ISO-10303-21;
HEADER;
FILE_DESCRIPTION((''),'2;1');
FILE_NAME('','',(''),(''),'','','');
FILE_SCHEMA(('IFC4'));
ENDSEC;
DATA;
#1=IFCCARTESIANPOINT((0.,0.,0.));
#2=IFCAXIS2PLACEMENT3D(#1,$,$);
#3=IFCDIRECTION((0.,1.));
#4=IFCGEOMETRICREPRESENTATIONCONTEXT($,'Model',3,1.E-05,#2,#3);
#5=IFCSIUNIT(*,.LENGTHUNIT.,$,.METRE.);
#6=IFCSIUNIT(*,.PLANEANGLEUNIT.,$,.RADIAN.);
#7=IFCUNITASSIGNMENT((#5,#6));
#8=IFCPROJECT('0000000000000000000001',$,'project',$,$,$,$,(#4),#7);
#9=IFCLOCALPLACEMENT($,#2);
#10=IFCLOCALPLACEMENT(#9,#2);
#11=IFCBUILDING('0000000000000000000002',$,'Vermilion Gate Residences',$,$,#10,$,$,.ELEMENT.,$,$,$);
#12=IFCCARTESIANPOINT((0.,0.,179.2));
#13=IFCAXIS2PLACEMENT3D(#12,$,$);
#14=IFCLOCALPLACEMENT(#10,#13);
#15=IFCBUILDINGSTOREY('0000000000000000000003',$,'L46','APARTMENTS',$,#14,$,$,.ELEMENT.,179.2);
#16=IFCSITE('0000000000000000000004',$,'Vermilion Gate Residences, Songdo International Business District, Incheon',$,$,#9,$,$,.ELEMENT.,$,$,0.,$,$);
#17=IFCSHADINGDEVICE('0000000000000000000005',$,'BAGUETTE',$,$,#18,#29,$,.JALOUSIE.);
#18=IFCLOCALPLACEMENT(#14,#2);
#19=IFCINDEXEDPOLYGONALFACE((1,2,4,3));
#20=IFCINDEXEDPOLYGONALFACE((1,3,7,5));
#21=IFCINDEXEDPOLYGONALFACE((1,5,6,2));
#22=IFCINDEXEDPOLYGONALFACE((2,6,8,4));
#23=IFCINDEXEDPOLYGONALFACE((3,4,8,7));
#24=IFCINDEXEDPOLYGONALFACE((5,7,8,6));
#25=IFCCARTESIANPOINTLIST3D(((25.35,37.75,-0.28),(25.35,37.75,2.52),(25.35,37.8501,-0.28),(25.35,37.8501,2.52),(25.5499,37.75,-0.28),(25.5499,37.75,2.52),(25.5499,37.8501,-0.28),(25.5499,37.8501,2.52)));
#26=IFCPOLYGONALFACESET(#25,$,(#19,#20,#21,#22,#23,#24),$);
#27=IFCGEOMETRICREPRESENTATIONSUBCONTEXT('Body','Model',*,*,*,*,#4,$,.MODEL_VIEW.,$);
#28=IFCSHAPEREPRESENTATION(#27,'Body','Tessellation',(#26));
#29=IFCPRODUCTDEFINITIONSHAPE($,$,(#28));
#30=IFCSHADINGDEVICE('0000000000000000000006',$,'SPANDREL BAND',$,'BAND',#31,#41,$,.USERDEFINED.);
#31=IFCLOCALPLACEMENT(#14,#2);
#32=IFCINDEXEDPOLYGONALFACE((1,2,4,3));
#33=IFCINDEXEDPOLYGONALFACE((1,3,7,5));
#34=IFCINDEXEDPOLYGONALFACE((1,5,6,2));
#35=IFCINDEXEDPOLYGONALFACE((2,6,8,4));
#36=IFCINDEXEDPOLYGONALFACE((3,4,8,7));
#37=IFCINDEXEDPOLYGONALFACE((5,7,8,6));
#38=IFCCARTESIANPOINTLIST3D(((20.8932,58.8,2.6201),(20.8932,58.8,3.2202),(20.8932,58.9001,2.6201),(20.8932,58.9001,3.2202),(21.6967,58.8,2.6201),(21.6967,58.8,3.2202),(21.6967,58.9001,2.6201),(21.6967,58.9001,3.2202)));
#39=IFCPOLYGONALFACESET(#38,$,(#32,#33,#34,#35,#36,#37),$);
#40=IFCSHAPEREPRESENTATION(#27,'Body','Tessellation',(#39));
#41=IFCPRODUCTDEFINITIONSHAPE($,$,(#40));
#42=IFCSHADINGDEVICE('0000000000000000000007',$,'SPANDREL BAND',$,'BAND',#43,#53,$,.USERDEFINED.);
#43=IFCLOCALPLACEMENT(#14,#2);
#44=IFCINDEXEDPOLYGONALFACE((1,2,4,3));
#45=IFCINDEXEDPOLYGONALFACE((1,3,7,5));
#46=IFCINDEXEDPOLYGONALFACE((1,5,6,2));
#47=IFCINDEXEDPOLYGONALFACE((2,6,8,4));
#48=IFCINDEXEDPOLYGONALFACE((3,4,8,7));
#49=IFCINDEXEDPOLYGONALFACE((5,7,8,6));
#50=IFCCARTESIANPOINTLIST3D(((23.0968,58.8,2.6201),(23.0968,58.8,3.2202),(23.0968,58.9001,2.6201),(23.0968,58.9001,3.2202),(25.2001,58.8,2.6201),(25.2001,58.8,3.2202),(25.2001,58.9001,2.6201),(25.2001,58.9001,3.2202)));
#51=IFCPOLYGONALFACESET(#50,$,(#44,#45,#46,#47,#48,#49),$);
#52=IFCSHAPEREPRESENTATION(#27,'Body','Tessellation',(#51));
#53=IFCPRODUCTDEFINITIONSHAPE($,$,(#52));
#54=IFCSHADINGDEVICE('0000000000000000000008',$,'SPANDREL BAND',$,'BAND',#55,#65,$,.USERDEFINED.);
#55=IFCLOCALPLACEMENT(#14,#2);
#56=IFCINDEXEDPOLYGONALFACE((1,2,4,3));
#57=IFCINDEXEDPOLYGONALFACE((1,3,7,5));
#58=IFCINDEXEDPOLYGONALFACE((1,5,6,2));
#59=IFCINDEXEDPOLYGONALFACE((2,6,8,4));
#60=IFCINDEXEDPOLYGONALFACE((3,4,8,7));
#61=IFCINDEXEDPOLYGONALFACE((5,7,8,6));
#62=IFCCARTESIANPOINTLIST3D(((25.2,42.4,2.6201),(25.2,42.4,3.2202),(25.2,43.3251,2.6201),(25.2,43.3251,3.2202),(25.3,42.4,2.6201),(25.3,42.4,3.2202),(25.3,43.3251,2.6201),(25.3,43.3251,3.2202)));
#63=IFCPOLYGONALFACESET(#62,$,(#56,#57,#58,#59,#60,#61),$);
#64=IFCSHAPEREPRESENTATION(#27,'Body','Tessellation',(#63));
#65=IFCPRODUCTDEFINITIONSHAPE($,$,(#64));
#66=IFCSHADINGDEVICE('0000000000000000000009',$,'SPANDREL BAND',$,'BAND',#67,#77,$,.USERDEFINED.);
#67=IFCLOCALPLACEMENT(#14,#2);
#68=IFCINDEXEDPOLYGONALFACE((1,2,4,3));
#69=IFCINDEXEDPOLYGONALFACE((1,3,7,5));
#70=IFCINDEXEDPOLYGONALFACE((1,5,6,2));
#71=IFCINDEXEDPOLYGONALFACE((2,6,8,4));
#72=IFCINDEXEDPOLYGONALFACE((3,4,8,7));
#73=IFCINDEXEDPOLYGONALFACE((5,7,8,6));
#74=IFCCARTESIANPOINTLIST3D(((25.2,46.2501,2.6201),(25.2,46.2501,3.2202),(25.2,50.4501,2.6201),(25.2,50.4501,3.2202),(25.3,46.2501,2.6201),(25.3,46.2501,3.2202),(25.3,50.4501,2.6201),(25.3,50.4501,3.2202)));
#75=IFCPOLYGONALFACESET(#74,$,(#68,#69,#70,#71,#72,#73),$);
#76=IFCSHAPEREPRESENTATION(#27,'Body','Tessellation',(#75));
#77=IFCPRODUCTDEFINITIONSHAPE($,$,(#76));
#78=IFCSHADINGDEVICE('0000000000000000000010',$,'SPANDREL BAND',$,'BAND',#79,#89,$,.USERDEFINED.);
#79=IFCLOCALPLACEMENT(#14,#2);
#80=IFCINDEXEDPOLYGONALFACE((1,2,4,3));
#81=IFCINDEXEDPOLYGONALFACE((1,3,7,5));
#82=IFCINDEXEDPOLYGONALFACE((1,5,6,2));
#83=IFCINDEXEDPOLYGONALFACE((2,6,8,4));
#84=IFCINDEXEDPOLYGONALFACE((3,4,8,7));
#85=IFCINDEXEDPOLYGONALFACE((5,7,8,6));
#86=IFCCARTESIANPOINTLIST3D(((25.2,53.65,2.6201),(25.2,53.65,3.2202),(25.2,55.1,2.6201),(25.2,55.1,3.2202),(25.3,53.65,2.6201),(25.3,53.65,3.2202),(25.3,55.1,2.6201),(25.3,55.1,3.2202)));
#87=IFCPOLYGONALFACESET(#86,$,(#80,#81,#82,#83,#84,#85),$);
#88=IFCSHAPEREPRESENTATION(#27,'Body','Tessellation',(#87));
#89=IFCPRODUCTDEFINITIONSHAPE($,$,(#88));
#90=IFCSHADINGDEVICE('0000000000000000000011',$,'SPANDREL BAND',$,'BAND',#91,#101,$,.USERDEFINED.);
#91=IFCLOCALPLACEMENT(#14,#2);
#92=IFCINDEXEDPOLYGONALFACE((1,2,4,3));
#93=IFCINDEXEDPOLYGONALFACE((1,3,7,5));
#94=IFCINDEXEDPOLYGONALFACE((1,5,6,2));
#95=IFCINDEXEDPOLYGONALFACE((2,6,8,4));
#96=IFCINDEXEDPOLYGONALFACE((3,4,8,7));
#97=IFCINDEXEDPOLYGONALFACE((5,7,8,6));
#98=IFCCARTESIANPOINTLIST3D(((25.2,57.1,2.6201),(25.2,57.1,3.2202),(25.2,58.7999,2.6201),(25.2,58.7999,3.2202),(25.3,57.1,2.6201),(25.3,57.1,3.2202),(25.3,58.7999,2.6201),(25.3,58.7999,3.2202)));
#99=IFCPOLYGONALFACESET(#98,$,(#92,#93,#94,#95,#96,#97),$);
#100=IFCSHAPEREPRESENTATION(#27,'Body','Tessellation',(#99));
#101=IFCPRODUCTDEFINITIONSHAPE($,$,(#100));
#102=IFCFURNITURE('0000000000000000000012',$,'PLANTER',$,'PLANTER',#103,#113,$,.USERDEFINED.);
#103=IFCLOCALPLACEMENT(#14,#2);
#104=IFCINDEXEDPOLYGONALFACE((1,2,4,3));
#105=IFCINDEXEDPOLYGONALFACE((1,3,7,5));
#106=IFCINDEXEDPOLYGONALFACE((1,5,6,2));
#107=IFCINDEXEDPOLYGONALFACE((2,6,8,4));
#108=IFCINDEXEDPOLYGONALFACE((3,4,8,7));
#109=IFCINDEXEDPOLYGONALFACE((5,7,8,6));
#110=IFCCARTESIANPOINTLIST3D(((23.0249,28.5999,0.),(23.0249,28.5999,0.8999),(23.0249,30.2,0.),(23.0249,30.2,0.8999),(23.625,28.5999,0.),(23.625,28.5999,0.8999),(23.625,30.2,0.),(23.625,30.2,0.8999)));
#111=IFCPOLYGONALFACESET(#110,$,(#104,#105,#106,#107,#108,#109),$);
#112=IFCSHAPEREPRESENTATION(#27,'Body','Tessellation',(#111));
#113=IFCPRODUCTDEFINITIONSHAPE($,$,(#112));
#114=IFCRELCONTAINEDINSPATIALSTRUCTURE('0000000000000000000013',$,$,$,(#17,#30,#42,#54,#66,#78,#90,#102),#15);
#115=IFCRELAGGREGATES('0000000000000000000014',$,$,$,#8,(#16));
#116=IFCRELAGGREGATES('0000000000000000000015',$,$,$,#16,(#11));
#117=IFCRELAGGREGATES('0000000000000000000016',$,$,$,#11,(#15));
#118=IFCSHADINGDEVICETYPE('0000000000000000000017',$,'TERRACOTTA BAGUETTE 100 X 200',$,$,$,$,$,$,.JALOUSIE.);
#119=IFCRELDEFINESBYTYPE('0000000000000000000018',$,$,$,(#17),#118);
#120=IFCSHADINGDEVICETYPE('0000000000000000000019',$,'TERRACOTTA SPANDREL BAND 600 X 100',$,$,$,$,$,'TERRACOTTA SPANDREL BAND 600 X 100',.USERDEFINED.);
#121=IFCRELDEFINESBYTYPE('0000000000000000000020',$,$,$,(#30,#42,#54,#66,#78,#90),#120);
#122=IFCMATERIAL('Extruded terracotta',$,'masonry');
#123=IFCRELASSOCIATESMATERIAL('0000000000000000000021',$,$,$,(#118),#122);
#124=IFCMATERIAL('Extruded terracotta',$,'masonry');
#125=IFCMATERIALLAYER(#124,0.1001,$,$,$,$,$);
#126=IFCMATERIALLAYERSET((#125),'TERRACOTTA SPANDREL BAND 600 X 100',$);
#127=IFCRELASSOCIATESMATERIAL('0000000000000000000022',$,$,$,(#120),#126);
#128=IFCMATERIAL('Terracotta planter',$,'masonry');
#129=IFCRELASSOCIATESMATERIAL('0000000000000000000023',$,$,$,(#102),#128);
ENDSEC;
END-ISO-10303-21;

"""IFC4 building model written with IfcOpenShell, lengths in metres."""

from ifc_helpers import new_model, si_unit, direction, frame, origin, origin_2d, place, context, subcontext, project, spatial, rectangle, extrude, material, layer, layer_set, material_profile, profile_set, type_object, element, save


model = new_model("IFC4")

# Units and contexts
model_context = context("Model", 3, precision=1e-05, world=origin(), true_north=direction((0.0, 1.0)))
body_context = subcontext(model_context, "Body", "Model", "MODEL_VIEW")
ifc_project = project(units=[si_unit("LENGTHUNIT", "METRE"), si_unit("PLANEANGLEUNIT", "RADIAN")], contexts=[model_context])

# Site, building, storey
site_placement = place(None, origin())
site = spatial("IfcSite", under=ifc_project, at=site_placement, Name="Vermilion Gate Residences, Songdo International Business District, Incheon", CompositionType="ELEMENT", RefElevation=0.0)
building_placement = place(site_placement, origin())
building = spatial("IfcBuilding", under=site, at=building_placement, Name="Vermilion Gate Residences", CompositionType="ELEMENT")
storey_placement = place(building_placement, frame((0.0, 0.0, 179.2)))
storey = spatial("IfcBuildingStorey", under=building, at=storey_placement, Name="L46", Description="APARTMENTS", CompositionType="ELEMENT", Elevation=179.2)

# Shading devices
ifc_material_1 = material(Name="Extruded terracotta", Category="masonry")
ifc_material_profile_1 = material_profile(ifc_material_1, rectangle(XDim=0.2, YDim=0.1001, at=origin_2d()), Name="BAGUETTE 100 X 200")
ifc_profile_set_1 = profile_set([ifc_material_profile_1], Name="Extruded terracotta")
shading_device_type_1 = type_object("IfcShadingDeviceType", Name="TERRACOTTA BAGUETTE 100 X 200", PredefinedType="JALOUSIE", material=ifc_profile_set_1)
shading_device_1_placement = place(storey_placement, frame((25.45, 37.8, -0.28), z_axis=(0.0, 0.0, 1.0), x_axis=(-1.0, 0.0, 0.0)))
element("IfcShadingDevice", 1, at=shading_device_1_placement, inside=storey, type_object=shading_device_type_1, Name="BAGUETTE", PredefinedType="JALOUSIE", context=body_context, shape_type="SweptSolid", body=[
    extrude(rectangle(XDim=0.2, YDim=0.1001, at=origin_2d()), origin(), (0.0, 0.0, 1.0), 2.8),
])
ifc_material_2 = material(Name="Extruded terracotta", Category="masonry")
ifc_layer_1 = layer(ifc_material_2, 0.1001)
ifc_layer_set_1 = layer_set([ifc_layer_1], Name="TERRACOTTA SPANDREL BAND 600 X 100")
shading_device_type_2 = type_object("IfcShadingDeviceType", Name="TERRACOTTA SPANDREL BAND 600 X 100", ElementType="TERRACOTTA SPANDREL BAND 600 X 100", PredefinedType="USERDEFINED", material=ifc_layer_set_1)
shading_device_2_placement = place(storey_placement, frame((21.2949, 58.8501, 2.6201), z_axis=(0.0, 0.0, 1.0), x_axis=(1.0, 0.0, 0.0)))
element("IfcShadingDevice", 2, at=shading_device_2_placement, inside=storey, type_object=shading_device_type_2, Name="SPANDREL BAND", ObjectType="BAND", PredefinedType="USERDEFINED", context=body_context, shape_type="SweptSolid", body=[
    extrude(rectangle(XDim=0.8035, YDim=0.1001, at=origin_2d()), origin(), (0.0, 0.0, 1.0), 0.6001),
])
shading_device_3_placement = place(storey_placement, frame((24.1484, 58.8501, 2.6201), z_axis=(0.0, 0.0, 1.0), x_axis=(1.0, 0.0, 0.0)))
element("IfcShadingDevice", 3, at=shading_device_3_placement, inside=storey, type_object=shading_device_type_2, Name="SPANDREL BAND", ObjectType="BAND", PredefinedType="USERDEFINED", context=body_context, shape_type="SweptSolid", body=[
    extrude(rectangle(XDim=2.1033, YDim=0.1001, at=origin_2d()), origin(), (0.0, 0.0, 1.0), 0.6001),
])
shading_device_4_placement = place(storey_placement, frame((25.25, 42.8625, 2.6201), z_axis=(0.0, 0.0, 1.0), x_axis=(0.0, 1.0, 0.0)))
element("IfcShadingDevice", 4, at=shading_device_4_placement, inside=storey, type_object=shading_device_type_2, Name="SPANDREL BAND", ObjectType="BAND", PredefinedType="USERDEFINED", context=body_context, shape_type="SweptSolid", body=[
    extrude(rectangle(XDim=0.925, YDim=0.1001, at=origin_2d()), origin(), (0.0, 0.0, 1.0), 0.6001),
])
shading_device_5_placement = place(storey_placement, frame((25.25, 48.3501, 2.6201), z_axis=(0.0, 0.0, 1.0), x_axis=(0.0, 1.0, 0.0)))
element("IfcShadingDevice", 5, at=shading_device_5_placement, inside=storey, type_object=shading_device_type_2, Name="SPANDREL BAND", ObjectType="BAND", PredefinedType="USERDEFINED", context=body_context, shape_type="SweptSolid", body=[
    extrude(rectangle(XDim=4.2, YDim=0.1001, at=origin_2d()), origin(), (0.0, 0.0, 1.0), 0.6001),
])
shading_device_6_placement = place(storey_placement, frame((25.25, 54.375, 2.6201), z_axis=(0.0, 0.0, 1.0), x_axis=(0.0, 1.0, 0.0)))
element("IfcShadingDevice", 6, at=shading_device_6_placement, inside=storey, type_object=shading_device_type_2, Name="SPANDREL BAND", ObjectType="BAND", PredefinedType="USERDEFINED", context=body_context, shape_type="SweptSolid", body=[
    extrude(rectangle(XDim=1.45, YDim=0.1001, at=origin_2d()), origin(), (0.0, 0.0, 1.0), 0.6001),
])
shading_device_7_placement = place(storey_placement, frame((25.25, 57.95, 2.6201), z_axis=(0.0, 0.0, 1.0), x_axis=(0.0, 1.0, 0.0)))
element("IfcShadingDevice", 7, at=shading_device_7_placement, inside=storey, type_object=shading_device_type_2, Name="SPANDREL BAND", ObjectType="BAND", PredefinedType="USERDEFINED", context=body_context, shape_type="SweptSolid", body=[
    extrude(rectangle(XDim=1.7, YDim=0.1001, at=origin_2d()), origin(), (0.0, 0.0, 1.0), 0.6001),
])

# Furniture
ifc_material_3 = material(Name="Terracotta planter", Category="masonry")
furniture_placement = place(storey_placement, frame((23.325, 29.3999, 0.0), z_axis=(0.0, 0.0, 1.0), x_axis=(0.0, 1.0, 0.0)))
element("IfcFurniture", 8, at=furniture_placement, inside=storey, material=ifc_material_3, Name="PLANTER", ObjectType="PLANTER", PredefinedType="USERDEFINED", context=body_context, shape_type="SweptSolid", body=[
    extrude(rectangle(XDim=1.6001, YDim=0.6001, at=origin_2d()), origin(), (0.0, 0.0, 1.0), 0.8999),
])

save(model, "model.ifc")
